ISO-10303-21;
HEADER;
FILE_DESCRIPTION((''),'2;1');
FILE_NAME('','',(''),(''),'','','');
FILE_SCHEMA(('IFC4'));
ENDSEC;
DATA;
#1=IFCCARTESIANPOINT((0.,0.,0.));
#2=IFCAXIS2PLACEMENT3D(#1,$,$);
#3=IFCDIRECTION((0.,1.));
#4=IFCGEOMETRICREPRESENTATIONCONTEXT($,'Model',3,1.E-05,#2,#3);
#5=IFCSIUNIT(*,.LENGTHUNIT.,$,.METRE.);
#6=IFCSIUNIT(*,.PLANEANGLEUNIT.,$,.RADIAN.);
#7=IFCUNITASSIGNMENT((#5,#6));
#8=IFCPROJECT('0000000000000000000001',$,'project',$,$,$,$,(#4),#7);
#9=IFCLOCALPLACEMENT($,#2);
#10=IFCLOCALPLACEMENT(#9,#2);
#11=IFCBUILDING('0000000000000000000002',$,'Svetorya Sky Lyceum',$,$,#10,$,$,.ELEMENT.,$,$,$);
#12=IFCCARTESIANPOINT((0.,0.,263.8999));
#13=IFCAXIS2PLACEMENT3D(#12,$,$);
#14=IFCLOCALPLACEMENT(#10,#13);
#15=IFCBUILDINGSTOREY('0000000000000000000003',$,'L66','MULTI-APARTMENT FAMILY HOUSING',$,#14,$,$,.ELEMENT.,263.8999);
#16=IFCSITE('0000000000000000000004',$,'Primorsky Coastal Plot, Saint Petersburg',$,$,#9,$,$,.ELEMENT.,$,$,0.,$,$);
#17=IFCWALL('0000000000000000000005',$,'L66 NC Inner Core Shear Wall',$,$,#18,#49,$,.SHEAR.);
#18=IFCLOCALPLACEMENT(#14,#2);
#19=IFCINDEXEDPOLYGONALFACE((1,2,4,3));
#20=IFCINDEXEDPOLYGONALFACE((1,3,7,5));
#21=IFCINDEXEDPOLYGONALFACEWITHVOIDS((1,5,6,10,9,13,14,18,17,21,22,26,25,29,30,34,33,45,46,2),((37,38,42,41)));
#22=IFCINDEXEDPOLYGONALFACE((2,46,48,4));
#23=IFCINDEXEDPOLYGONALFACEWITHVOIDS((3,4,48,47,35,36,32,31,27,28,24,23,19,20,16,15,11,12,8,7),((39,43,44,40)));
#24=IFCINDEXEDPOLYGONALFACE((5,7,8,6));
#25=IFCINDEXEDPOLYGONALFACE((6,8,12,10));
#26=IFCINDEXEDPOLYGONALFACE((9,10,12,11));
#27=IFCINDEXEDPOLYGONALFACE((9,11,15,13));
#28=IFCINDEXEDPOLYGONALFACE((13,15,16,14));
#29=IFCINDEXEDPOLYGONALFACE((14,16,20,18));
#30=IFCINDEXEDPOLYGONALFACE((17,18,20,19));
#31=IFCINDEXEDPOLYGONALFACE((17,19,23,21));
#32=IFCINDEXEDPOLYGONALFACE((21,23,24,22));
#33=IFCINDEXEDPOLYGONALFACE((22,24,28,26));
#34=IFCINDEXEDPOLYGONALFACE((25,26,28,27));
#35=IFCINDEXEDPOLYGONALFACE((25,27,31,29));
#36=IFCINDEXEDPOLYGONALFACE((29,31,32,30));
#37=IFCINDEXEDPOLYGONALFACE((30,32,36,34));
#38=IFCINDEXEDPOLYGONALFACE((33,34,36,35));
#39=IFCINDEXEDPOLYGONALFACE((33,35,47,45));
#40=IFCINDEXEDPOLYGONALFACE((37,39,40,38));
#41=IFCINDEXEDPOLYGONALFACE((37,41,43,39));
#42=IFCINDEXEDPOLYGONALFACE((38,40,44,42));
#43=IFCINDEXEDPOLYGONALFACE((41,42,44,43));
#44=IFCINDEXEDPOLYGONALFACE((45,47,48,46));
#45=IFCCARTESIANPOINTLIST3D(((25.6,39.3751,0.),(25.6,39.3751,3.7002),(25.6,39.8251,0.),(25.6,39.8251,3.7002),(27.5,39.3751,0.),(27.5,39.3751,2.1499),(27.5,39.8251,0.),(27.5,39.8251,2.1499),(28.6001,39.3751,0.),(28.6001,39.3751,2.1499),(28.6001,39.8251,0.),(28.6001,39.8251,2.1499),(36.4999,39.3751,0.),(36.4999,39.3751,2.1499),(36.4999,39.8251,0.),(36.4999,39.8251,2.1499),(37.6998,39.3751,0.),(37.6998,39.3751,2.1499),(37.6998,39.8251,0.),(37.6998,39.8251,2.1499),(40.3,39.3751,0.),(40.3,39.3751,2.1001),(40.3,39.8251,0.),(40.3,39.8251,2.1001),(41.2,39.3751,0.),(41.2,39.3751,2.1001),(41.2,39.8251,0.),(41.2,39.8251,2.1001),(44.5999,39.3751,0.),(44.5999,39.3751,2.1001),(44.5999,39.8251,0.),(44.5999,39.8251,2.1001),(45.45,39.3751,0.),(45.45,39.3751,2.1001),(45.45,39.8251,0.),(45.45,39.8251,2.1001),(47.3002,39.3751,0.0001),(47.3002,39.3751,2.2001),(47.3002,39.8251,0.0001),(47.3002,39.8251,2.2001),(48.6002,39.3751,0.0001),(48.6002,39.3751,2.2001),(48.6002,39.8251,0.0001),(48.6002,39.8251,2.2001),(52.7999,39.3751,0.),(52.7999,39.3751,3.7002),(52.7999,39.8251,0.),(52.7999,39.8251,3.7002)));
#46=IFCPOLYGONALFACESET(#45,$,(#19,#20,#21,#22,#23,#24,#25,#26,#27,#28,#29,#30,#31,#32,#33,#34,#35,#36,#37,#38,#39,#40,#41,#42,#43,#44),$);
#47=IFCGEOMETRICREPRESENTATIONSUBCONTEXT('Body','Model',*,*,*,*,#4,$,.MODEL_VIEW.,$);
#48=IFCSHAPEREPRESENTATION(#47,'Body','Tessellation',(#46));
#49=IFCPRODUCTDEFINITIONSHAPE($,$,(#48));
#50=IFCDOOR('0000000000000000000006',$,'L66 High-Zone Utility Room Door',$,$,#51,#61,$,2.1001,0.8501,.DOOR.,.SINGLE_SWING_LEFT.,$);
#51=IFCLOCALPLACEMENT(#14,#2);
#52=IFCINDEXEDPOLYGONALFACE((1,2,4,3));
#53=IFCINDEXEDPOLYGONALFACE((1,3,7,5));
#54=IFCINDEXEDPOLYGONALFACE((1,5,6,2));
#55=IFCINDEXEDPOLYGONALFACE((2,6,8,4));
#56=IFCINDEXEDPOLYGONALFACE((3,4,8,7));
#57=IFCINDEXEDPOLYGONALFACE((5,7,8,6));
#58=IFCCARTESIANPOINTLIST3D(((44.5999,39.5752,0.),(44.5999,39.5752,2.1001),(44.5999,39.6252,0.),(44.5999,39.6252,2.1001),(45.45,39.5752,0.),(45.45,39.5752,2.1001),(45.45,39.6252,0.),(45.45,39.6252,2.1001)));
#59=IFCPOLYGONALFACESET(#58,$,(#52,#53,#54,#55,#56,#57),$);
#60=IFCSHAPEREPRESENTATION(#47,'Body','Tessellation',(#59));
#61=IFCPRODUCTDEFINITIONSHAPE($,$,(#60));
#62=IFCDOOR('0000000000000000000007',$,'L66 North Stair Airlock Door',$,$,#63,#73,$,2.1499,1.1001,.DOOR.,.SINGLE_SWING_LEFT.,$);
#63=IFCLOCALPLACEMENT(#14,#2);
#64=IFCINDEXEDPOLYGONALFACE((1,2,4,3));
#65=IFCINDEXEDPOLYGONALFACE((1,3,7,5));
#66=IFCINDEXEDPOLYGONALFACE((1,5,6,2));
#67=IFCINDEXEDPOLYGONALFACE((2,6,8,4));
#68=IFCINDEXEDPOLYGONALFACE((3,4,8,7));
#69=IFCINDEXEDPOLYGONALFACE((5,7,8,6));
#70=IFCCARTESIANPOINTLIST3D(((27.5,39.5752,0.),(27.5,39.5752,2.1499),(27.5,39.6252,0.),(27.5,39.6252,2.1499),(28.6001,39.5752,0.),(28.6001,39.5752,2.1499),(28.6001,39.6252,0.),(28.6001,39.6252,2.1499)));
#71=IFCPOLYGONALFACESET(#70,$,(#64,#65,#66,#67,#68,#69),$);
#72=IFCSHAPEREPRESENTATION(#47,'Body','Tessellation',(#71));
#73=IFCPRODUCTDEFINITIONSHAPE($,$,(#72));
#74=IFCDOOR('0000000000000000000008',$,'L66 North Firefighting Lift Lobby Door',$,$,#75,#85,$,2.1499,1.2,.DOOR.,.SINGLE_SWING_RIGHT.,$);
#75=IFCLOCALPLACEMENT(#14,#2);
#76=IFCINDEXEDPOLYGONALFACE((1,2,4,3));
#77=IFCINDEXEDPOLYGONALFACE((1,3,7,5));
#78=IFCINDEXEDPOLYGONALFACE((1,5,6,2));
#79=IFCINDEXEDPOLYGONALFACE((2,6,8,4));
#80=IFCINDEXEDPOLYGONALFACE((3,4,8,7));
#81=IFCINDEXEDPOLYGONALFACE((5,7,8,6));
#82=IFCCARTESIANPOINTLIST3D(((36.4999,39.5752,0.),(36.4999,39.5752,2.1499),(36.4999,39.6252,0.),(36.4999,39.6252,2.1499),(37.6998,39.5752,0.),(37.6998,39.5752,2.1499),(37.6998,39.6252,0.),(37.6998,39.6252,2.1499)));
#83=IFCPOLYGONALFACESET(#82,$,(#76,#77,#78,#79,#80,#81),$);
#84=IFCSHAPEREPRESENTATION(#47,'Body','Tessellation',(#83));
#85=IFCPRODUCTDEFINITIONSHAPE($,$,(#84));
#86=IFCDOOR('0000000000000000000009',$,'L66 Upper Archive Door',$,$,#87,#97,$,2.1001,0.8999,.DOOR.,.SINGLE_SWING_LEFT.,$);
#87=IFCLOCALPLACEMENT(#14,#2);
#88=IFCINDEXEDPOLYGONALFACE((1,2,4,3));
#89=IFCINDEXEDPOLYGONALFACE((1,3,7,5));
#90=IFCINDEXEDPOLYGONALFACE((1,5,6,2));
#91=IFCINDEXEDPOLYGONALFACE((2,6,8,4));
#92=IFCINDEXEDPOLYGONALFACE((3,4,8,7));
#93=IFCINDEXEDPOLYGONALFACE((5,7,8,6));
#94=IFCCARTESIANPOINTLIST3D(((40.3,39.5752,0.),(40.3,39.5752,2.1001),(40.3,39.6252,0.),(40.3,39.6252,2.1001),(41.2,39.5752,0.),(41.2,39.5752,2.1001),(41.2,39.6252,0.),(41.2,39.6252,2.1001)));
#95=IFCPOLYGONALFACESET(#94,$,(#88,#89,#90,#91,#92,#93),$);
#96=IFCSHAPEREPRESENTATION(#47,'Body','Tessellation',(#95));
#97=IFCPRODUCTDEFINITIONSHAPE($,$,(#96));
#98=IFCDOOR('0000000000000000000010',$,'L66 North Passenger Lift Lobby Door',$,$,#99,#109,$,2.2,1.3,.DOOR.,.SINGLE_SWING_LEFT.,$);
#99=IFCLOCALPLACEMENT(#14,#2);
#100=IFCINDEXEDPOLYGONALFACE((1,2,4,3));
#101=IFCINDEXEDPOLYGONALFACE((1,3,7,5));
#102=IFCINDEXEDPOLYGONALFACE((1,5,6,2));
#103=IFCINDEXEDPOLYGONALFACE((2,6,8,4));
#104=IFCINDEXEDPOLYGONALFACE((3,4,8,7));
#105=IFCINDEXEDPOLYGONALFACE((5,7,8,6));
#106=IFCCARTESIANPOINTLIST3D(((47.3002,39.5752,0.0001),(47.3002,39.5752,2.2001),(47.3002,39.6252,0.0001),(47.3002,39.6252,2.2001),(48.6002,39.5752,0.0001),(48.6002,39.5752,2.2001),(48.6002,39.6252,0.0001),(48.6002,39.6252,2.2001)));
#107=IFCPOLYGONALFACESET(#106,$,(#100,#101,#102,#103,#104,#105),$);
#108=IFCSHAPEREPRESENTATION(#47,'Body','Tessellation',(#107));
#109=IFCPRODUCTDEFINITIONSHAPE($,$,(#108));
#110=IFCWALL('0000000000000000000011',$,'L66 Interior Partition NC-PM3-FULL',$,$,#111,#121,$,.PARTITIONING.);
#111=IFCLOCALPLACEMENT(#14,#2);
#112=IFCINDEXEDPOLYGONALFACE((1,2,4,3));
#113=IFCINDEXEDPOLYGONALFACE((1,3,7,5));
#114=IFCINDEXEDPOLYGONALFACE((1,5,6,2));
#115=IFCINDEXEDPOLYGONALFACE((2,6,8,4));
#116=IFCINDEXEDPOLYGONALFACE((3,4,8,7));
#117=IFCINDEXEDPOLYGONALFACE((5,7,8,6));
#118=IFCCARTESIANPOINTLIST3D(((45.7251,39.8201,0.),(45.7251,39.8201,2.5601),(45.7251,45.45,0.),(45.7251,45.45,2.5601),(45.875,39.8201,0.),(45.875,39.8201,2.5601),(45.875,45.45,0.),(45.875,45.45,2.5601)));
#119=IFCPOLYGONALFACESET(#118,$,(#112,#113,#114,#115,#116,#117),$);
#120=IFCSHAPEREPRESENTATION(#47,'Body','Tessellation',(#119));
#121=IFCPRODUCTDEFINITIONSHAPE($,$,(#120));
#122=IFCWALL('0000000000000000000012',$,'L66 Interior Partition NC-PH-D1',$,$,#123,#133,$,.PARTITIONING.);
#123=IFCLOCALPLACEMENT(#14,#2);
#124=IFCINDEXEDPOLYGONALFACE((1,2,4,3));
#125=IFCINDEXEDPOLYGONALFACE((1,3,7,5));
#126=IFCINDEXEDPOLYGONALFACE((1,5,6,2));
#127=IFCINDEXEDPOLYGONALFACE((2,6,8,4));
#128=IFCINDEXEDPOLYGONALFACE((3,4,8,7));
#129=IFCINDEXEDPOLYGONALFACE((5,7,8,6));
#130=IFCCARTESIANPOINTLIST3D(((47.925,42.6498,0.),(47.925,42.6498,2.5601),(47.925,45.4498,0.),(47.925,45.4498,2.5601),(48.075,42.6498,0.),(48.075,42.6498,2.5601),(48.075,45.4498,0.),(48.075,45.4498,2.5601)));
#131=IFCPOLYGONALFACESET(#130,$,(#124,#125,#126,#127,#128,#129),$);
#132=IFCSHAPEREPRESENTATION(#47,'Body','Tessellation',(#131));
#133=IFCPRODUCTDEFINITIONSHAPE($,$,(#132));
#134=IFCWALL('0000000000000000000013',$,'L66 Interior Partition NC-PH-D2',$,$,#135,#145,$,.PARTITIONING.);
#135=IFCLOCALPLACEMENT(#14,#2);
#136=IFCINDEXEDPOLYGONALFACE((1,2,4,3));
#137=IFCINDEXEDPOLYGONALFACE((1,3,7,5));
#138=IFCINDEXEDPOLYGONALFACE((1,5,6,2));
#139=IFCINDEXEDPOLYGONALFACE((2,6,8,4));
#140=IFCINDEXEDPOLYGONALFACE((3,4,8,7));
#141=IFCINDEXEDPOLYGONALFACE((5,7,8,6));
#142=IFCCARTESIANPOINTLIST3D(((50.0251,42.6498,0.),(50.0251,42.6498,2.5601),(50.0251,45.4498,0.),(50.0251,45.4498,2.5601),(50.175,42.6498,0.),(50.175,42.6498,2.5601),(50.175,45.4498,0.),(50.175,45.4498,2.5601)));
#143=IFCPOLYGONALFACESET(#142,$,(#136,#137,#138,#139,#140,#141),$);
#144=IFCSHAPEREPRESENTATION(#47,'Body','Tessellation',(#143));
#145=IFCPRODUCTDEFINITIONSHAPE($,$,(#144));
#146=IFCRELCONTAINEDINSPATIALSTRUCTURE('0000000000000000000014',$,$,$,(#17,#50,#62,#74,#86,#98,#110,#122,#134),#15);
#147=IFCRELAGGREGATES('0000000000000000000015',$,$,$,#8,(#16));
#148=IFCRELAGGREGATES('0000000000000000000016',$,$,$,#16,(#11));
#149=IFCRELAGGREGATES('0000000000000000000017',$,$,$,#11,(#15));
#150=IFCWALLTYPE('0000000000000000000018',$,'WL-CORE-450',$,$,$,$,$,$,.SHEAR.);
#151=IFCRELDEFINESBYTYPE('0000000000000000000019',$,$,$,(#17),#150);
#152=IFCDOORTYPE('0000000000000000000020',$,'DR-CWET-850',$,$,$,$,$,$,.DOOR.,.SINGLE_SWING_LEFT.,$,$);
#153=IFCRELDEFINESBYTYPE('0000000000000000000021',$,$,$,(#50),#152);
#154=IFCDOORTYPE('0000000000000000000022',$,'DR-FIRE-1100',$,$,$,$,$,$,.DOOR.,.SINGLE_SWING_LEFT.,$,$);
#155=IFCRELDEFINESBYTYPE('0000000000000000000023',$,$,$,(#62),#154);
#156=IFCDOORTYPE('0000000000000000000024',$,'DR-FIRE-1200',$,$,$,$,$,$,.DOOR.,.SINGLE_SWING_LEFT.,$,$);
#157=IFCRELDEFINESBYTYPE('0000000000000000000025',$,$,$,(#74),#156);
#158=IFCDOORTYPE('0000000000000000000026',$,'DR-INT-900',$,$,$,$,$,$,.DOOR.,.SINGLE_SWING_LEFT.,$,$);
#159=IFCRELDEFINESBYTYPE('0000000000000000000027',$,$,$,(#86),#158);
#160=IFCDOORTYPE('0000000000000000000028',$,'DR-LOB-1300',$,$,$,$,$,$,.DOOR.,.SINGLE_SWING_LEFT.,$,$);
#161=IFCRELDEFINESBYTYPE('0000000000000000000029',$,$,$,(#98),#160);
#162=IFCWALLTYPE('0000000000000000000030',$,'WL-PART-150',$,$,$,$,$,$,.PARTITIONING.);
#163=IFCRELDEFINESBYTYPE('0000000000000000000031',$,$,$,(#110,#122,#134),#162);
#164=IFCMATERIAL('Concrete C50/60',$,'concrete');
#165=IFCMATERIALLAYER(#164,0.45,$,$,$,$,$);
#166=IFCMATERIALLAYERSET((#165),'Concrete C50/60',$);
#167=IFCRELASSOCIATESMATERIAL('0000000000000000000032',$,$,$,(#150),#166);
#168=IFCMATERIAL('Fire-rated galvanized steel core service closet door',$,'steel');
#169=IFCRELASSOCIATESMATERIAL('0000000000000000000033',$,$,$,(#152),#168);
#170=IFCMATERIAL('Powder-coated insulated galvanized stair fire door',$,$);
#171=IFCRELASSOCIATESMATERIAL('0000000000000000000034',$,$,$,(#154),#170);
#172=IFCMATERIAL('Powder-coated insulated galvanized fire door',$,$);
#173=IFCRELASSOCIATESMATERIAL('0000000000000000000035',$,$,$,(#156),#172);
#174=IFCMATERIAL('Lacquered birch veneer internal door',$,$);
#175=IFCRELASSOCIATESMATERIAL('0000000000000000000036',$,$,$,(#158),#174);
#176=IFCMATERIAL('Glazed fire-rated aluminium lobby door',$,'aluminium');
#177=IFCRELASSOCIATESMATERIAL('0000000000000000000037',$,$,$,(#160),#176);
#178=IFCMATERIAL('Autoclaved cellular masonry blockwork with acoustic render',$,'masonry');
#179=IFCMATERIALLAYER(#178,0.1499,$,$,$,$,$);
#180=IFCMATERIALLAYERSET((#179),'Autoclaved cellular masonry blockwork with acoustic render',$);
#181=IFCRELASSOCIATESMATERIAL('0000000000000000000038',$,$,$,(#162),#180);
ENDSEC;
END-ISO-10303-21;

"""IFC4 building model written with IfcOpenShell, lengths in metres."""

from ifc_helpers import new_model, si_unit, direction, frame, frame_2d, origin, place, context, subcontext, project, spatial, rectangle, extrude, material, layer, layer_set, type_object, element, fill, save


model = new_model("IFC4")

# Units and contexts
model_context = context("Model", 3, precision=1e-05, world=origin(), true_north=direction((0.0, 1.0)))
body_context = subcontext(model_context, "Body", "Model", "MODEL_VIEW")
ifc_project = project(units=[si_unit("LENGTHUNIT", "METRE"), si_unit("PLANEANGLEUNIT", "RADIAN")], contexts=[model_context])

# Site, building, storey
site_placement = place(None, origin())
site = spatial("IfcSite", under=ifc_project, at=site_placement, Name="Primorsky Coastal Plot, Saint Petersburg", CompositionType="ELEMENT", RefElevation=0.0)
building_placement = place(site_placement, origin())
building = spatial("IfcBuilding", under=site, at=building_placement, Name="Svetorya Sky Lyceum", CompositionType="ELEMENT")
storey_placement = place(building_placement, frame((0.0, 0.0, 263.8999)))
storey = spatial("IfcBuildingStorey", under=building, at=storey_placement, Name="L66", Description="MULTI-APARTMENT FAMILY HOUSING", CompositionType="ELEMENT", Elevation=263.8999)

# Wall, openings, doors
ifc_material_1 = material(Name="Concrete C50/60", Category="concrete")
ifc_layer_1 = layer(ifc_material_1, 0.45)
ifc_layer_set_1 = layer_set([ifc_layer_1], Name="Concrete C50/60")
wall_type_1 = type_object("IfcWallType", Name="WL-CORE-450", PredefinedType="SHEAR", material=ifc_layer_set_1)
wall_1_placement = place(storey_placement, frame((52.8, 39.6001, 0.0), z_axis=(0.0, 0.0, 1.0), x_axis=(-1.0, 0.0, 0.0)))
wall_1 = element("IfcWall", 1, at=wall_1_placement, inside=storey, type_object=wall_type_1, Name="L66 NC Inner Core Shear Wall", PredefinedType="SHEAR", context=body_context, shape_type="SweptSolid", body=[
    extrude(rectangle(XDim=27.2, YDim=0.45, at=frame_2d((13.6001, 0.0))), origin(), (0.0, 0.0, 1.0), 3.7002),
])
opening_1_placement = place(wall_1_placement, frame((24.2, 0.0, 0.0)))
opening_1 = element("IfcOpeningElement", 2, at=opening_1_placement, cuts=wall_1, PredefinedType="OPENING", context=body_context, shape_type="SweptSolid", body=[
    extrude(rectangle(XDim=1.1001, YDim=2.1499, at=frame_2d((0.55, 1.075))), frame((0.0, 0.2349, 0.0), z_axis=(0.0, -1.0, 0.0), x_axis=(1.0, 0.0, 0.0)), (0.0, 0.0, 1.0), 0.47),
])
opening_2_placement = place(wall_1_placement, frame((15.1001, 0.0, 0.0)))
opening_2 = element("IfcOpeningElement", 3, at=opening_2_placement, cuts=wall_1, PredefinedType="OPENING", context=body_context, shape_type="SweptSolid", body=[
    extrude(rectangle(XDim=1.2, YDim=2.1499, at=frame_2d((0.6001, 1.075))), frame((0.0, 0.2349, 0.0), z_axis=(0.0, -1.0, 0.0), x_axis=(1.0, 0.0, 0.0)), (0.0, 0.0, 1.0), 0.47),
])
opening_3_placement = place(wall_1_placement, frame((11.6001, 0.0, 0.0)))
opening_3 = element("IfcOpeningElement", 4, at=opening_3_placement, cuts=wall_1, PredefinedType="OPENING", context=body_context, shape_type="SweptSolid", body=[
    extrude(rectangle(XDim=0.8999, YDim=2.1001, at=frame_2d((0.45, 1.05))), frame((0.0, 0.2349, 0.0), z_axis=(0.0, -1.0, 0.0), x_axis=(1.0, 0.0, 0.0)), (0.0, 0.0, 1.0), 0.47),
])
opening_4_placement = place(wall_1_placement, frame((7.3501, 0.0, 0.0)))
opening_4 = element("IfcOpeningElement", 5, at=opening_4_placement, cuts=wall_1, PredefinedType="OPENING", context=body_context, shape_type="SweptSolid", body=[
    extrude(rectangle(XDim=0.8501, YDim=2.1001, at=frame_2d((0.425, 1.05))), frame((0.0, 0.2349, 0.0), z_axis=(0.0, -1.0, 0.0), x_axis=(1.0, 0.0, 0.0)), (0.0, 0.0, 1.0), 0.47),
])
opening_5_placement = place(wall_1_placement, frame((4.2, 0.0, 0.0)))
opening_5 = element("IfcOpeningElement", 6, at=opening_5_placement, cuts=wall_1, PredefinedType="OPENING", context=body_context, shape_type="SweptSolid", body=[
    extrude(rectangle(XDim=1.3, YDim=2.2, at=frame_2d((0.6499, 1.1001))), frame((0.0, 0.2349, 0.0), z_axis=(0.0, -1.0, 0.0), x_axis=(1.0, 0.0, 0.0)), (0.0, 0.0, 1.0), 0.47),
])
ifc_material_2 = material(Name="Fire-rated galvanized steel core service closet door", Category="steel")
door_type_1 = type_object("IfcDoorType", Name="DR-CWET-850", OperationType="SINGLE_SWING_LEFT", PredefinedType="DOOR", material=ifc_material_2)
door_1_placement = place(opening_4_placement, origin())
door_1 = element("IfcDoor", 7, at=door_1_placement, inside=storey, type_object=door_type_1, Name="L66 High-Zone Utility Room Door", OperationType="SINGLE_SWING_LEFT", OverallHeight=2.1001, OverallWidth=0.8501, PredefinedType="DOOR", context=body_context, shape_type="SweptSolid", body=[
    extrude(rectangle(XDim=0.8501, YDim=2.1001, at=frame_2d((0.425, 1.05))), frame((0.0, 0.0249, 0.0), z_axis=(0.0, -1.0, 0.0), x_axis=(1.0, 0.0, 0.0)), (0.0, 0.0, 1.0), 0.05),
])
fill(opening_4, door_1)
ifc_material_3 = material(Name="Powder-coated insulated galvanized stair fire door")
door_type_2 = type_object("IfcDoorType", Name="DR-FIRE-1100", OperationType="SINGLE_SWING_LEFT", PredefinedType="DOOR", material=ifc_material_3)
door_2_placement = place(opening_1_placement, origin())
door_2 = element("IfcDoor", 8, at=door_2_placement, inside=storey, type_object=door_type_2, Name="L66 North Stair Airlock Door", OperationType="SINGLE_SWING_LEFT", OverallHeight=2.1499, OverallWidth=1.1001, PredefinedType="DOOR", context=body_context, shape_type="SweptSolid", body=[
    extrude(rectangle(XDim=1.1001, YDim=2.1499, at=frame_2d((0.55, 1.075))), frame((0.0, 0.0249, 0.0), z_axis=(0.0, -1.0, 0.0), x_axis=(1.0, 0.0, 0.0)), (0.0, 0.0, 1.0), 0.05),
])
fill(opening_1, door_2)
ifc_material_4 = material(Name="Powder-coated insulated galvanized fire door")
door_type_3 = type_object("IfcDoorType", Name="DR-FIRE-1200", OperationType="SINGLE_SWING_LEFT", PredefinedType="DOOR", material=ifc_material_4)
door_3_placement = place(opening_2_placement, origin())
door_3 = element("IfcDoor", 9, at=door_3_placement, inside=storey, type_object=door_type_3, Name="L66 North Firefighting Lift Lobby Door", OperationType="SINGLE_SWING_RIGHT", OverallHeight=2.1499, OverallWidth=1.2, PredefinedType="DOOR", context=body_context, shape_type="SweptSolid", body=[
    extrude(rectangle(XDim=1.2, YDim=2.1499, at=frame_2d((0.6001, 1.075))), frame((0.0, 0.0249, 0.0), z_axis=(0.0, -1.0, 0.0), x_axis=(1.0, 0.0, 0.0)), (0.0, 0.0, 1.0), 0.05),
])
fill(opening_2, door_3)
ifc_material_5 = material(Name="Lacquered birch veneer internal door")
door_type_4 = type_object("IfcDoorType", Name="DR-INT-900", OperationType="SINGLE_SWING_LEFT", PredefinedType="DOOR", material=ifc_material_5)
door_4_placement = place(opening_3_placement, origin())
door_4 = element("IfcDoor", 10, at=door_4_placement, inside=storey, type_object=door_type_4, Name="L66 Upper Archive Door", OperationType="SINGLE_SWING_LEFT", OverallHeight=2.1001, OverallWidth=0.8999, PredefinedType="DOOR", context=body_context, shape_type="SweptSolid", body=[
    extrude(rectangle(XDim=0.8999, YDim=2.1001, at=frame_2d((0.45, 1.05))), frame((0.0, 0.0249, 0.0), z_axis=(0.0, -1.0, 0.0), x_axis=(1.0, 0.0, 0.0)), (0.0, 0.0, 1.0), 0.05),
])
fill(opening_3, door_4)
ifc_material_6 = material(Name="Glazed fire-rated aluminium lobby door", Category="aluminium")
door_type_5 = type_object("IfcDoorType", Name="DR-LOB-1300", OperationType="SINGLE_SWING_LEFT", PredefinedType="DOOR", material=ifc_material_6)
door_5_placement = place(opening_5_placement, origin())
door_5 = element("IfcDoor", 11, at=door_5_placement, inside=storey, type_object=door_type_5, Name="L66 North Passenger Lift Lobby Door", OperationType="SINGLE_SWING_LEFT", OverallHeight=2.2, OverallWidth=1.3, PredefinedType="DOOR", context=body_context, shape_type="SweptSolid", body=[
    extrude(rectangle(XDim=1.3, YDim=2.2, at=frame_2d((0.6499, 1.1001))), frame((0.0, 0.0249, 0.0), z_axis=(0.0, -1.0, 0.0), x_axis=(1.0, 0.0, 0.0)), (0.0, 0.0, 1.0), 0.05),
])
fill(opening_5, door_5)

# Walls
ifc_material_7 = material(Name="Autoclaved cellular masonry blockwork with acoustic render", Category="masonry")
ifc_layer_2 = layer(ifc_material_7, 0.1499)
ifc_layer_set_2 = layer_set([ifc_layer_2], Name="Autoclaved cellular masonry blockwork with acoustic render")
wall_type_2 = type_object("IfcWallType", Name="WL-PART-150", PredefinedType="PARTITIONING", material=ifc_layer_set_2)
wall_2_placement = place(storey_placement, frame((45.8, 39.8201, 0.0), z_axis=(0.0, 0.0, 1.0), x_axis=(0.0, 1.0, 0.0)))
element("IfcWall", 12, at=wall_2_placement, inside=storey, type_object=wall_type_2, Name="L66 Interior Partition NC-PM3-FULL", PredefinedType="PARTITIONING", context=body_context, shape_type="SweptSolid", body=[
    extrude(rectangle(XDim=5.6299, YDim=0.1499, at=frame_2d((2.8149, 0.0))), origin(), (0.0, 0.0, 1.0), 2.5601),
])
for number, where, z_axis, x_axis, name in (
    (13, (48.0, 42.6499, 0.0), (0.0, 0.0, 1.0), (0.0, 1.0, 0.0), "L66 Interior Partition NC-PH-D1"),
    (14, (50.1001, 42.6499, 0.0), (0.0, 0.0, 1.0), (0.0, 1.0, 0.0), "L66 Interior Partition NC-PH-D2"),
):
    element("IfcWall", number, at=place(storey_placement, frame(where, z_axis=z_axis, x_axis=x_axis)), inside=storey, type_object=wall_type_2, Name=name, PredefinedType="PARTITIONING", context=body_context, shape_type="SweptSolid", body=[
        extrude(rectangle(XDim=2.8, YDim=0.1499, at=frame_2d((1.3999, 0.0))), origin(), (0.0, 0.0, 1.0), 2.5601),
    ])

save(model, "model.ifc")
